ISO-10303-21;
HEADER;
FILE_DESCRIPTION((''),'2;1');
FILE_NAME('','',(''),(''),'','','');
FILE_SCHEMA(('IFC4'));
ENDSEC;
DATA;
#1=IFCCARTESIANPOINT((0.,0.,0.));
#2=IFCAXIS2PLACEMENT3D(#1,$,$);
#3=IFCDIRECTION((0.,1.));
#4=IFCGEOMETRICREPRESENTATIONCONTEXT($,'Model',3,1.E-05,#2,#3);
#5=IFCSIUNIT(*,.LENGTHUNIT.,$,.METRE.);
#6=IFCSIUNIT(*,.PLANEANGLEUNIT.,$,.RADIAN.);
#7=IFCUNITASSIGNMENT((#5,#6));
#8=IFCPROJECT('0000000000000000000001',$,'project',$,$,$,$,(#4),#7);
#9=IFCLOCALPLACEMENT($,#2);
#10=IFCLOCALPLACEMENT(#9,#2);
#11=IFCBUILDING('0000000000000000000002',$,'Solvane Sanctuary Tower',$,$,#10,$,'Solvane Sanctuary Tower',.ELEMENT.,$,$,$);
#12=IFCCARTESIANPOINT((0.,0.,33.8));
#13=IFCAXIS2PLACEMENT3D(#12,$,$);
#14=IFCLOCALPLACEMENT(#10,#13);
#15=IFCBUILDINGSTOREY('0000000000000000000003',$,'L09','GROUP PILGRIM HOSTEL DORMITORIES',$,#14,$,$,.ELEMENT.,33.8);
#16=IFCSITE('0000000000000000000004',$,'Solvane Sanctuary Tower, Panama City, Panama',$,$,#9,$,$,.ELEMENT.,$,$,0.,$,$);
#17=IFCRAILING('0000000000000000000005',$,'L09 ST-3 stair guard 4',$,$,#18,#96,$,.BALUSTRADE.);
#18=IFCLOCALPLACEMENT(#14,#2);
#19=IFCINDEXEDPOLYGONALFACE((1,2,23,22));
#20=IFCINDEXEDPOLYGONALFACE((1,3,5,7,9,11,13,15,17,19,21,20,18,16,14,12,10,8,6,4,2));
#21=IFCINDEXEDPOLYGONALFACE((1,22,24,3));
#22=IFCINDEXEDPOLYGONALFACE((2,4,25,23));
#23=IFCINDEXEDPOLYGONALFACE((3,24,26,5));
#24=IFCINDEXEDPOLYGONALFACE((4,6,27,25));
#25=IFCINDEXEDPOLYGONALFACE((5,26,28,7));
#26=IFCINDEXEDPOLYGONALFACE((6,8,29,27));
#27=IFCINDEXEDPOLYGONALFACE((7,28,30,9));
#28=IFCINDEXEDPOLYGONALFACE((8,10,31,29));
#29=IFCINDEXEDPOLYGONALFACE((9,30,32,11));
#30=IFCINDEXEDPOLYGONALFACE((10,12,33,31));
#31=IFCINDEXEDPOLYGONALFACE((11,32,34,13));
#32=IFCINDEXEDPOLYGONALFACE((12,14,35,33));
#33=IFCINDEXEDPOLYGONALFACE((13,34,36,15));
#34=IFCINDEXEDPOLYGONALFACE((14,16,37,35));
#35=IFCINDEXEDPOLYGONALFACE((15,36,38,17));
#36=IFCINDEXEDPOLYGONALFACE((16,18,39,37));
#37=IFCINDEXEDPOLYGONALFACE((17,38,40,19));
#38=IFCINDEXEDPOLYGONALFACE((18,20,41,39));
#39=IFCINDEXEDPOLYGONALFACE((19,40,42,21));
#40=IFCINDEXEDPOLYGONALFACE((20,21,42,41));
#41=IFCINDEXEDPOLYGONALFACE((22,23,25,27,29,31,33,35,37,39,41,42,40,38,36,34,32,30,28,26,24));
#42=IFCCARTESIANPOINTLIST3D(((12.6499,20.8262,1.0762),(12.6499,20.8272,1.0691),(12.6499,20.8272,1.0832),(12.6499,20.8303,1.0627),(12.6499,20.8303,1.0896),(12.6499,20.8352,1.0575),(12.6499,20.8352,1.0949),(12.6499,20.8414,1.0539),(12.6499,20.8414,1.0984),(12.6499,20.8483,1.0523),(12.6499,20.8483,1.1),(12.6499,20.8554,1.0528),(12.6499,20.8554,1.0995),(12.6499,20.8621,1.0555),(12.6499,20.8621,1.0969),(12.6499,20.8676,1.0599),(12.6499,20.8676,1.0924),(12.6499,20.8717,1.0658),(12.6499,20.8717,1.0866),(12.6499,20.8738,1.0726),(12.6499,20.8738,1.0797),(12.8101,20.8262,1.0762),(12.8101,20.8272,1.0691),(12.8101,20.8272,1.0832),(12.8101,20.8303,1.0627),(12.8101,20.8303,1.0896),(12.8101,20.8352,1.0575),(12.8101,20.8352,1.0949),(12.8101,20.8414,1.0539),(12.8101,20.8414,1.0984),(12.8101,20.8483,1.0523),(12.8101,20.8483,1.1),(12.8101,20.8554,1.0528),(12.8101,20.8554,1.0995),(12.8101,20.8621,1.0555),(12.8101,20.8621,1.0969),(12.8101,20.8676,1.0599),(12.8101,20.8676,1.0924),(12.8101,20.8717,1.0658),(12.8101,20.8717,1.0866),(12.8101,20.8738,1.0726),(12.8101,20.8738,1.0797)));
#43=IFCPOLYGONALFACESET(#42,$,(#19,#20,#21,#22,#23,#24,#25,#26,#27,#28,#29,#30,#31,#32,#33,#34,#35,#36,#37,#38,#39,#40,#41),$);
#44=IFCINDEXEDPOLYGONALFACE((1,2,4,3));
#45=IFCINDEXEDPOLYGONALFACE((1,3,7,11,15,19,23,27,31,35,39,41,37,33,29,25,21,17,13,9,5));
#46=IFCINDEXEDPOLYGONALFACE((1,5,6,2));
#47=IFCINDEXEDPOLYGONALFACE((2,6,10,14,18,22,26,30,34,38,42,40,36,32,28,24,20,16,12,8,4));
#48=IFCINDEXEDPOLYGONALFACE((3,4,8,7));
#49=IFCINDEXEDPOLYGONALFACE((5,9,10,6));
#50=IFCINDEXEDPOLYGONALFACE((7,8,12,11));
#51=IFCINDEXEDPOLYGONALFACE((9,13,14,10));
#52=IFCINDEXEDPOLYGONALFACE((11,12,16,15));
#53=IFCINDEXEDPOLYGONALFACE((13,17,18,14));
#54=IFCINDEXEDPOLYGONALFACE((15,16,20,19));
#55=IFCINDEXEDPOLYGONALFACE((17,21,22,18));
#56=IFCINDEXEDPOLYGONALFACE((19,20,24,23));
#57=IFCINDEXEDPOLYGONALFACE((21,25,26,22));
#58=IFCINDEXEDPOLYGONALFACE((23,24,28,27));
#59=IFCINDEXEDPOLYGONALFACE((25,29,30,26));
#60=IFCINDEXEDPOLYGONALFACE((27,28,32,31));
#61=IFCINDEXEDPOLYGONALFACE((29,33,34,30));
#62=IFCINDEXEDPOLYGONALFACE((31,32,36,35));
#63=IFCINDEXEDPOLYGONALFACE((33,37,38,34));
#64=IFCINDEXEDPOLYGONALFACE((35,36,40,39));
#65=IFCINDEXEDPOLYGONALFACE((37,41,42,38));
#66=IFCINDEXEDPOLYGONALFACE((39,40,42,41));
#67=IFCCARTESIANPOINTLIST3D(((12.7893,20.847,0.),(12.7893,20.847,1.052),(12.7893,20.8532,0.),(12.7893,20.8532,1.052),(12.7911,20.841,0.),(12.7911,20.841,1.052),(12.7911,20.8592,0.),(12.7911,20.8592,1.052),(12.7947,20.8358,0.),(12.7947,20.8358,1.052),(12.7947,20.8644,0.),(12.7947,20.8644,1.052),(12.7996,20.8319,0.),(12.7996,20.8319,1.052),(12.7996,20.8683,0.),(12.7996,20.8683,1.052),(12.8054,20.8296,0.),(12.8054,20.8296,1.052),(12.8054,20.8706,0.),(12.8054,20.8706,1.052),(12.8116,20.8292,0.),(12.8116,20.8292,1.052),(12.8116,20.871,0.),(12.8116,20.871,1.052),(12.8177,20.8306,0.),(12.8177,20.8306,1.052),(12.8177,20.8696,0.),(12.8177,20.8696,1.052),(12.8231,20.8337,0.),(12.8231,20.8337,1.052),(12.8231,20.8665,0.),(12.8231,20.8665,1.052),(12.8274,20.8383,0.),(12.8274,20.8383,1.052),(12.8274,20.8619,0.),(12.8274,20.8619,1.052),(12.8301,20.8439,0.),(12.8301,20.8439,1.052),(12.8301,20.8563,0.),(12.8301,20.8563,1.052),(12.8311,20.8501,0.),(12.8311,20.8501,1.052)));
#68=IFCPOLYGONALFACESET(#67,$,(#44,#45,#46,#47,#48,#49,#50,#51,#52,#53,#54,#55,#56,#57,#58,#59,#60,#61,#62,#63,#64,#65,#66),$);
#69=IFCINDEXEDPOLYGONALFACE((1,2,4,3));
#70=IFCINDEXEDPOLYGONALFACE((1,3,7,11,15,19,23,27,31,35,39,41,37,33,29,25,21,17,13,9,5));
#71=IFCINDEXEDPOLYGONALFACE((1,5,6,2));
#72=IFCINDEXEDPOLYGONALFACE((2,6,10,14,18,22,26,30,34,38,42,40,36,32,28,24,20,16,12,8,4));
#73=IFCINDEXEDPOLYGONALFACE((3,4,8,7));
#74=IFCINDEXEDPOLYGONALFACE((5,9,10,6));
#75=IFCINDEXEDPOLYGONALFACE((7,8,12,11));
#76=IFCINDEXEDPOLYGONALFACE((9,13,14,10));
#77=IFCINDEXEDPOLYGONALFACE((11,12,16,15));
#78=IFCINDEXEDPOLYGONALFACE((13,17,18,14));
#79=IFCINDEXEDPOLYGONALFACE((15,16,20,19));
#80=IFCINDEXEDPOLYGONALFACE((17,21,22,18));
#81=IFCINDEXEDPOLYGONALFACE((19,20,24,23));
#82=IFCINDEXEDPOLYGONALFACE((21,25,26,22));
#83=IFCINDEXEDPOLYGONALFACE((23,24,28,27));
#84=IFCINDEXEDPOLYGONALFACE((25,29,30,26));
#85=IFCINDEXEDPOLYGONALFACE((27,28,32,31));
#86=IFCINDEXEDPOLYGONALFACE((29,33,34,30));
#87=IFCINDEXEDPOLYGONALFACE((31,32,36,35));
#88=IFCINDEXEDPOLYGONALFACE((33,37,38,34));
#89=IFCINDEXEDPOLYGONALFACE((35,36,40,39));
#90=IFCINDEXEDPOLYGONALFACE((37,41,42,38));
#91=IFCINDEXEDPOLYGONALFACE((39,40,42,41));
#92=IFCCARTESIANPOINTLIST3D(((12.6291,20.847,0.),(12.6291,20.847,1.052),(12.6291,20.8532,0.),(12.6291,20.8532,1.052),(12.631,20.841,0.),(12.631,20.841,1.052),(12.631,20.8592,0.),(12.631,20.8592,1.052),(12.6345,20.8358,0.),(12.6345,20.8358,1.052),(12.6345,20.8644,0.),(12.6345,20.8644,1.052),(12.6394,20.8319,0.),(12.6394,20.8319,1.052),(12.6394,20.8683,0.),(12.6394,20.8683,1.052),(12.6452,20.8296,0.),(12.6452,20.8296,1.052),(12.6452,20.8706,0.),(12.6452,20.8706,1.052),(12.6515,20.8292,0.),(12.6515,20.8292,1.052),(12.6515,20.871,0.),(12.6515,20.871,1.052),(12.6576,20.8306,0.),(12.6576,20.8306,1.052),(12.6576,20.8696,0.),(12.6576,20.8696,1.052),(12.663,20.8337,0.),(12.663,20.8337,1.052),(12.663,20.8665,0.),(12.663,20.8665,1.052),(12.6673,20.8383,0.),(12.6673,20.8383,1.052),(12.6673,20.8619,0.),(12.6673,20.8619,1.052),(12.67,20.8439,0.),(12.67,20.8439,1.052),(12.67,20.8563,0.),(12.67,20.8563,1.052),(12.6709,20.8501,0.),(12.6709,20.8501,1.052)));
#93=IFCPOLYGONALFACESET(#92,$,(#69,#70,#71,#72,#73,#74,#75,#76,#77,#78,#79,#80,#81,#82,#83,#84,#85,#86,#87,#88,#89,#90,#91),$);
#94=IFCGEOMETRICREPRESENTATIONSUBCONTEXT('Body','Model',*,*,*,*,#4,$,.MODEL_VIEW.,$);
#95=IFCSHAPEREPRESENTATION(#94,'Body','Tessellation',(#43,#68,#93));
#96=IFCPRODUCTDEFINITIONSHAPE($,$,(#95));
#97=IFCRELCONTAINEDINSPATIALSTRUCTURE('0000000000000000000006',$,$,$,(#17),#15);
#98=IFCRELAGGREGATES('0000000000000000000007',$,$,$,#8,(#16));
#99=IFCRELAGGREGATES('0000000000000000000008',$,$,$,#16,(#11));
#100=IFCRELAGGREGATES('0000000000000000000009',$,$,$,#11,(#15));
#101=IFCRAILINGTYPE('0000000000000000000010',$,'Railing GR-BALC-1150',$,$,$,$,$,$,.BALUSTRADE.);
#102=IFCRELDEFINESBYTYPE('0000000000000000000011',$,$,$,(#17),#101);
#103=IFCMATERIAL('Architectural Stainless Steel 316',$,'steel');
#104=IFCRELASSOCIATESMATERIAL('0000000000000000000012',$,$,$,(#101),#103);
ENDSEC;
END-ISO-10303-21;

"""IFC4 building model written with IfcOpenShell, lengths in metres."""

from ifc_helpers import new_model, si_unit, direction, frame, origin, origin_2d, place, context, subcontext, project, spatial, circle, extrude, material, type_object, element, save


model = new_model("IFC4")

# Units and contexts
model_context = context("Model", 3, precision=1e-05, world=origin(), true_north=direction((0.0, 1.0)))
body_context = subcontext(model_context, "Body", "Model", "MODEL_VIEW")
ifc_project = project(units=[si_unit("LENGTHUNIT", "METRE"), si_unit("PLANEANGLEUNIT", "RADIAN")], contexts=[model_context])

# Site, building, storey
site_placement = place(None, origin())
site = spatial("IfcSite", under=ifc_project, at=site_placement, Name="Solvane Sanctuary Tower, Panama City, Panama", CompositionType="ELEMENT", RefElevation=0.0)
building_placement = place(site_placement, origin())
building = spatial("IfcBuilding", under=site, at=building_placement, Name="Solvane Sanctuary Tower", LongName="Solvane Sanctuary Tower", CompositionType="ELEMENT")
storey_placement = place(building_placement, frame((0.0, 0.0, 33.8)))
storey = spatial("IfcBuildingStorey", under=building, at=storey_placement, Name="L09", Description="GROUP PILGRIM HOSTEL DORMITORIES", CompositionType="ELEMENT", Elevation=33.8)

# Railing
ifc_material_1 = material(Name="Architectural Stainless Steel 316", Category="steel")
railing_type_1 = type_object("IfcRailingType", Name="Railing GR-BALC-1150", PredefinedType="BALUSTRADE", material=ifc_material_1)
railing_1_placement = place(storey_placement, frame((12.8101, 20.8501, 0.0)))
element("IfcRailing", 1, at=railing_1_placement, inside=storey, type_object=railing_type_1, Name="L09 ST-3 stair guard 4", PredefinedType="BALUSTRADE", context=body_context, shape_type="SweptSolid", body=[
    extrude(circle(Radius=0.0239, at=origin_2d()), frame((0.0, 0.0, 1.0762), z_axis=(-1.0, 0.0, 0.0), x_axis=(0.0, -1.0, 0.0)), (0.0, 0.0, 1.0), 0.1602),
    extrude(circle(Radius=0.021, at=origin_2d()), origin(), (0.0, 0.0, 1.0), 1.052),
    extrude(circle(Radius=0.021, at=origin_2d()), frame((-0.1602, 0.0, 0.0)), (0.0, 0.0, 1.0), 1.052),
])

save(model, "model.ifc")
